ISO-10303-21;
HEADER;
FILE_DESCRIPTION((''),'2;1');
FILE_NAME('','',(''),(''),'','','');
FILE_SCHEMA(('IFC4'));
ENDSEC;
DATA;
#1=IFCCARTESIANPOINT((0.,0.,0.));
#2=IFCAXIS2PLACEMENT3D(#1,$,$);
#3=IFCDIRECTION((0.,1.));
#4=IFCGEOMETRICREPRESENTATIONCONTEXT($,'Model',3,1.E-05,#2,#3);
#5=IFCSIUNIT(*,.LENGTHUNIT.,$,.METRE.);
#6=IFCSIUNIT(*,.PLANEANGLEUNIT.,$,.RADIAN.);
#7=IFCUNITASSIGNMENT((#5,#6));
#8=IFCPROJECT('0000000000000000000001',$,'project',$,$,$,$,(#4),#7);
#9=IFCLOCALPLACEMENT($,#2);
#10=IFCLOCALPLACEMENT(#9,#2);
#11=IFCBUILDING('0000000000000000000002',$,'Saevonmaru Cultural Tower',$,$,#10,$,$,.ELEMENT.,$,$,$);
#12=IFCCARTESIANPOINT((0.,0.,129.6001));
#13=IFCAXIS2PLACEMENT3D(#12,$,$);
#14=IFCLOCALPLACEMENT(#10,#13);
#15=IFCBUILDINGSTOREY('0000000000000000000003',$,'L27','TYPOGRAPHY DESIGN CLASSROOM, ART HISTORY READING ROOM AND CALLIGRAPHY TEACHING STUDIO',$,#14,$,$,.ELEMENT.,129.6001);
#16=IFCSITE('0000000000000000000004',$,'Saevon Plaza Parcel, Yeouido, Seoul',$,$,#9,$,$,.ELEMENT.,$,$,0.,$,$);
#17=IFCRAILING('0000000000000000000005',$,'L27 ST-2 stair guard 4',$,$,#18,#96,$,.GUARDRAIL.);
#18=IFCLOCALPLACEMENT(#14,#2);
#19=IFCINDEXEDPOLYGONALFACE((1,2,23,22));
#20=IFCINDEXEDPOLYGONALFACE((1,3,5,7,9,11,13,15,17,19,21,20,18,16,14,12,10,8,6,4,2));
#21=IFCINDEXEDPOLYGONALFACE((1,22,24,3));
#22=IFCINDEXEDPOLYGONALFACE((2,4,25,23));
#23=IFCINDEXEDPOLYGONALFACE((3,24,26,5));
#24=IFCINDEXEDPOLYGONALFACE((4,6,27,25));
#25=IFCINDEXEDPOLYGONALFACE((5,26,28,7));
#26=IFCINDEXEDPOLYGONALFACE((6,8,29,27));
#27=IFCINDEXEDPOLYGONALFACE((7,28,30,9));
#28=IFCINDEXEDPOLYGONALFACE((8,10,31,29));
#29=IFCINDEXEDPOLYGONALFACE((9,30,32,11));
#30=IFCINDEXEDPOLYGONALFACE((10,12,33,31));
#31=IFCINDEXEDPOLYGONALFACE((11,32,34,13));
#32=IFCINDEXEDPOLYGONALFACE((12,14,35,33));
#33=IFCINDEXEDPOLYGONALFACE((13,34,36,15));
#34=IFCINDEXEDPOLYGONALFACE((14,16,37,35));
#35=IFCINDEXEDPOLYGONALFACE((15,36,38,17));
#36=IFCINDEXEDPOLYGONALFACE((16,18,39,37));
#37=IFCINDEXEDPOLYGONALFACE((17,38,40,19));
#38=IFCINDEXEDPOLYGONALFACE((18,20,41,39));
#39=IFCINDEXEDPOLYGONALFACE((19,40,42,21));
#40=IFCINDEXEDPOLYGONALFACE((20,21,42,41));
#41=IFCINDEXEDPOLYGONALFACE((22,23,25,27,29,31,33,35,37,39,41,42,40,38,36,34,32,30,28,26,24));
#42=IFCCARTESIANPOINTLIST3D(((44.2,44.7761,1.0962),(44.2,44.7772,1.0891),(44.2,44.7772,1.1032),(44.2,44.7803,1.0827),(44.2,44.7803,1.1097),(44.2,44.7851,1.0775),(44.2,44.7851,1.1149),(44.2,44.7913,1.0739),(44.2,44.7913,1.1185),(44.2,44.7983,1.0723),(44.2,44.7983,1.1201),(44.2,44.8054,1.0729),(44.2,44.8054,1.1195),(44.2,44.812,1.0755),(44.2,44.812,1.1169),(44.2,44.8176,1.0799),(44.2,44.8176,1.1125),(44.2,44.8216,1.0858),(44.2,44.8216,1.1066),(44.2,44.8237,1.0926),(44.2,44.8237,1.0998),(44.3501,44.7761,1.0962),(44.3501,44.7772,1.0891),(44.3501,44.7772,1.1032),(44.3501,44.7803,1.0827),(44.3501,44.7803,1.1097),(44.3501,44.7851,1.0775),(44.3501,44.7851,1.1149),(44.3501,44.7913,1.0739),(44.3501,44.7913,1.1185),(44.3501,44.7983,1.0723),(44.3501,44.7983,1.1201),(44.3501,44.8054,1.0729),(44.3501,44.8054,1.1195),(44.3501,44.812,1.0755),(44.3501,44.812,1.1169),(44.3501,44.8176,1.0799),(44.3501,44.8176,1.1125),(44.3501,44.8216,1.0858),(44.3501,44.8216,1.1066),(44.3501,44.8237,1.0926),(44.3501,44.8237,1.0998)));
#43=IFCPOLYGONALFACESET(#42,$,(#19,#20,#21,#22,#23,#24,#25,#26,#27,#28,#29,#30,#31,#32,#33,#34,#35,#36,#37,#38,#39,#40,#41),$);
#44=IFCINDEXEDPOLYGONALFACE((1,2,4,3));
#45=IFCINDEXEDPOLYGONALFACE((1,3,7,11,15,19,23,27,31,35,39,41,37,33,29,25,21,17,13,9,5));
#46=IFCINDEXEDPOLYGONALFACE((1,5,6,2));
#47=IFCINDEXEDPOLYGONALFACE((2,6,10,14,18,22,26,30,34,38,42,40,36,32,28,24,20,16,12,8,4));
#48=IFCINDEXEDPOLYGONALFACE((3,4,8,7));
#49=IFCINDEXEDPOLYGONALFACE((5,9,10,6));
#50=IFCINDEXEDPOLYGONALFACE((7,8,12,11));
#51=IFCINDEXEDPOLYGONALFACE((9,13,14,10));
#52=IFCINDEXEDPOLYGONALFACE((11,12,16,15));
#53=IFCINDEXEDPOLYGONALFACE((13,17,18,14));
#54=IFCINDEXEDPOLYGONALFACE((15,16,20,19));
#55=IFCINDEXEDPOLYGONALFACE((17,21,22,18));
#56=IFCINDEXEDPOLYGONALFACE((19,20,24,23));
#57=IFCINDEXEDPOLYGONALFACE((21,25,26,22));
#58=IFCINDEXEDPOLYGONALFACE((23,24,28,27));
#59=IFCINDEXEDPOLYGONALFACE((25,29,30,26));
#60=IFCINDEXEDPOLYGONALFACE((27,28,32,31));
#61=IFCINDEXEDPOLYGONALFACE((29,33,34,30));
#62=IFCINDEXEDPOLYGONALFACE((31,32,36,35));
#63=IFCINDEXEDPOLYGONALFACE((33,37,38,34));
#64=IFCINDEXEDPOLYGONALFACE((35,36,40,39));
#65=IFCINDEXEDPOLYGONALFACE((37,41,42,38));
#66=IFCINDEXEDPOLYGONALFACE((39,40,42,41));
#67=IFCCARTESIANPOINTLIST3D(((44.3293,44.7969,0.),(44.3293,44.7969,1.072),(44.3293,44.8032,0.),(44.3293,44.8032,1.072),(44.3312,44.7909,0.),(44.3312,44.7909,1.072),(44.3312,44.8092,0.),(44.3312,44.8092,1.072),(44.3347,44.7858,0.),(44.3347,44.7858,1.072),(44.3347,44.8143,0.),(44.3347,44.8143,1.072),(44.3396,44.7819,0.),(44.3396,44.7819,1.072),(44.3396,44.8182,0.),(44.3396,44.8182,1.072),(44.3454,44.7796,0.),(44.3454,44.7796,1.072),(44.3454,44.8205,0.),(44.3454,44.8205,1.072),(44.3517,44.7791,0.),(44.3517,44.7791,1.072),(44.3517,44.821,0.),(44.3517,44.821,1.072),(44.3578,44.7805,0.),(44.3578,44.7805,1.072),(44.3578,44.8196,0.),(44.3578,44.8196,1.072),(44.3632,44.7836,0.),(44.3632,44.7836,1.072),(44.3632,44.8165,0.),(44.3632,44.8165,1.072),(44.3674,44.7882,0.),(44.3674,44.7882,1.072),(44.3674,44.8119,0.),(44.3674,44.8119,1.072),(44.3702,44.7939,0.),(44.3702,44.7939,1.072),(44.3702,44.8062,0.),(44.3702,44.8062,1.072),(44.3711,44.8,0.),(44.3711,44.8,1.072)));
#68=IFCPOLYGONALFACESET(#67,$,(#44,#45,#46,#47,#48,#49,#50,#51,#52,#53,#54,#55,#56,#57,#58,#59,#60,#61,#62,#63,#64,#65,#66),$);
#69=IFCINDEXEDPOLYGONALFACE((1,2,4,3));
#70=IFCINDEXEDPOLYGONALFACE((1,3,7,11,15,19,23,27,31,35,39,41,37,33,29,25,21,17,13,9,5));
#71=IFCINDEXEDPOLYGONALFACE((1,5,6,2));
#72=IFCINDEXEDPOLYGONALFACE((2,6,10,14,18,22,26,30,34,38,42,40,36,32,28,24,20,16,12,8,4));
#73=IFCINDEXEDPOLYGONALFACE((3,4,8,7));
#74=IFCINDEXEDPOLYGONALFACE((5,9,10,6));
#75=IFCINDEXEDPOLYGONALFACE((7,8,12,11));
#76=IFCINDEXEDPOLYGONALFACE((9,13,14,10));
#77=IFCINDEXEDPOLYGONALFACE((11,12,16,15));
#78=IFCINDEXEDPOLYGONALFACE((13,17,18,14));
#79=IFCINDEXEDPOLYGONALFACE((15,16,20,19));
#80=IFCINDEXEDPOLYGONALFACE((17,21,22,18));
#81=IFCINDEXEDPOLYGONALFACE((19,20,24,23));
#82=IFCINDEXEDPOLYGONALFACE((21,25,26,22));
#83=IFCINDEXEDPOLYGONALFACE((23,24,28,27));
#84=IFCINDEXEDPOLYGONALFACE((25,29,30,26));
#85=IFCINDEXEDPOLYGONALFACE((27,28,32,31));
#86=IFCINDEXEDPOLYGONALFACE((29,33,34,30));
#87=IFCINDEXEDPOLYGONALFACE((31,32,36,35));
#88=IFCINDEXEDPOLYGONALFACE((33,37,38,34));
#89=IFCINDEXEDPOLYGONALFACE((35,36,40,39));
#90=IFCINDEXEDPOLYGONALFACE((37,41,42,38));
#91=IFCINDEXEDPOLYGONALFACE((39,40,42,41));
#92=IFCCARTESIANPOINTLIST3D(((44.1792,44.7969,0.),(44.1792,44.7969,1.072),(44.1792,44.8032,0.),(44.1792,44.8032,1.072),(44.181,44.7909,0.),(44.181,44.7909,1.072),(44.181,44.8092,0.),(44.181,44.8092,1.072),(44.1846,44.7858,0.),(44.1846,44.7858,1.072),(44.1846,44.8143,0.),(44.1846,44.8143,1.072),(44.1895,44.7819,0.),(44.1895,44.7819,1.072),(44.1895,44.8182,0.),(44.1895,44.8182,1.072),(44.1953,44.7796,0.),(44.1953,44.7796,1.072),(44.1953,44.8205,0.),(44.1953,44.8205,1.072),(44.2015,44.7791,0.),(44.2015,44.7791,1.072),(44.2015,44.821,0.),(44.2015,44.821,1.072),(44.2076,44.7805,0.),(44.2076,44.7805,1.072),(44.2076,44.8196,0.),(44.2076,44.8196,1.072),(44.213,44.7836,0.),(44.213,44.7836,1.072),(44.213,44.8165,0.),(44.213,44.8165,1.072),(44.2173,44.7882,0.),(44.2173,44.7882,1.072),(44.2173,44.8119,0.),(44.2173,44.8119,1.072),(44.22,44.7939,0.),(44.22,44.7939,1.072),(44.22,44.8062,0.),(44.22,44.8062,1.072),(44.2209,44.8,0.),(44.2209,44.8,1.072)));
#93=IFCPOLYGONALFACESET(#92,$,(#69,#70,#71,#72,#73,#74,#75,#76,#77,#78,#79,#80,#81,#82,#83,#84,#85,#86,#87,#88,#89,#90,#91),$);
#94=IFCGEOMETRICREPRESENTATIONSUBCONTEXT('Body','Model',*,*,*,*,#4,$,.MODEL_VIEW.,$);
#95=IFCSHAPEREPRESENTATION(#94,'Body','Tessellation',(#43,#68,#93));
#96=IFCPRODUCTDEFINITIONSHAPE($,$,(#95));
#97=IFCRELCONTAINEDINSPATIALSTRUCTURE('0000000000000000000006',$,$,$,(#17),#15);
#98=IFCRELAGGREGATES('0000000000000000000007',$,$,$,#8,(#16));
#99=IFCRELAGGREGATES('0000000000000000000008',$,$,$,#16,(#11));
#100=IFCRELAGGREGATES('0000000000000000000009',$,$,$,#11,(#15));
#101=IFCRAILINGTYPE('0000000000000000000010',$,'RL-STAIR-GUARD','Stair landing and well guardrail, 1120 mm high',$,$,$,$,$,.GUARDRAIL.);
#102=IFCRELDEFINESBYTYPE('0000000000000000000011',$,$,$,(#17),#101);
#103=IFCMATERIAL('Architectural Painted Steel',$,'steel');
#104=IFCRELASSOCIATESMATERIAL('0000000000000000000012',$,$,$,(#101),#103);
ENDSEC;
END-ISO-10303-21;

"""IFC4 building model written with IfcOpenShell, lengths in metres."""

from ifc_helpers import new_model, si_unit, direction, frame, origin, origin_2d, place, context, subcontext, project, spatial, circle, extrude, material, type_object, element, save


model = new_model("IFC4")

# Units and contexts
model_context = context("Model", 3, precision=1e-05, world=origin(), true_north=direction((0.0, 1.0)))
body_context = subcontext(model_context, "Body", "Model", "MODEL_VIEW")
ifc_project = project(units=[si_unit("LENGTHUNIT", "METRE"), si_unit("PLANEANGLEUNIT", "RADIAN")], contexts=[model_context])

# Site, building, storey
site_placement = place(None, origin())
site = spatial("IfcSite", under=ifc_project, at=site_placement, Name="Saevon Plaza Parcel, Yeouido, Seoul", CompositionType="ELEMENT", RefElevation=0.0)
building_placement = place(site_placement, origin())
building = spatial("IfcBuilding", under=site, at=building_placement, Name="Saevonmaru Cultural Tower", CompositionType="ELEMENT")
storey_placement = place(building_placement, frame((0.0, 0.0, 129.6001)))
storey = spatial("IfcBuildingStorey", under=building, at=storey_placement, Name="L27", Description="TYPOGRAPHY DESIGN CLASSROOM, ART HISTORY READING ROOM AND CALLIGRAPHY TEACHING STUDIO", CompositionType="ELEMENT", Elevation=129.6001)

# Railing
ifc_material_1 = material(Name="Architectural Painted Steel", Category="steel")
railing_type_1 = type_object("IfcRailingType", Name="RL-STAIR-GUARD", Description="Stair landing and well guardrail, 1120 mm high", PredefinedType="GUARDRAIL", material=ifc_material_1)
railing_1_placement = place(storey_placement, frame((44.3501, 44.8, 0.0)))
element("IfcRailing", 1, at=railing_1_placement, inside=storey, type_object=railing_type_1, Name="L27 ST-2 stair guard 4", PredefinedType="GUARDRAIL", context=body_context, shape_type="SweptSolid", body=[
    extrude(circle(Radius=0.0239, at=origin_2d()), frame((0.0, 0.0, 1.0962), z_axis=(-1.0, 0.0, 0.0), x_axis=(0.0, -1.0, 0.0)), (0.0, 0.0, 1.0), 0.1501),
    extrude(circle(Radius=0.021, at=origin_2d()), origin(), (0.0, 0.0, 1.0), 1.072),
    extrude(circle(Radius=0.021, at=origin_2d()), frame((-0.1501, 0.0, 0.0)), (0.0, 0.0, 1.0), 1.072),
])

save(model, "model.ifc")
